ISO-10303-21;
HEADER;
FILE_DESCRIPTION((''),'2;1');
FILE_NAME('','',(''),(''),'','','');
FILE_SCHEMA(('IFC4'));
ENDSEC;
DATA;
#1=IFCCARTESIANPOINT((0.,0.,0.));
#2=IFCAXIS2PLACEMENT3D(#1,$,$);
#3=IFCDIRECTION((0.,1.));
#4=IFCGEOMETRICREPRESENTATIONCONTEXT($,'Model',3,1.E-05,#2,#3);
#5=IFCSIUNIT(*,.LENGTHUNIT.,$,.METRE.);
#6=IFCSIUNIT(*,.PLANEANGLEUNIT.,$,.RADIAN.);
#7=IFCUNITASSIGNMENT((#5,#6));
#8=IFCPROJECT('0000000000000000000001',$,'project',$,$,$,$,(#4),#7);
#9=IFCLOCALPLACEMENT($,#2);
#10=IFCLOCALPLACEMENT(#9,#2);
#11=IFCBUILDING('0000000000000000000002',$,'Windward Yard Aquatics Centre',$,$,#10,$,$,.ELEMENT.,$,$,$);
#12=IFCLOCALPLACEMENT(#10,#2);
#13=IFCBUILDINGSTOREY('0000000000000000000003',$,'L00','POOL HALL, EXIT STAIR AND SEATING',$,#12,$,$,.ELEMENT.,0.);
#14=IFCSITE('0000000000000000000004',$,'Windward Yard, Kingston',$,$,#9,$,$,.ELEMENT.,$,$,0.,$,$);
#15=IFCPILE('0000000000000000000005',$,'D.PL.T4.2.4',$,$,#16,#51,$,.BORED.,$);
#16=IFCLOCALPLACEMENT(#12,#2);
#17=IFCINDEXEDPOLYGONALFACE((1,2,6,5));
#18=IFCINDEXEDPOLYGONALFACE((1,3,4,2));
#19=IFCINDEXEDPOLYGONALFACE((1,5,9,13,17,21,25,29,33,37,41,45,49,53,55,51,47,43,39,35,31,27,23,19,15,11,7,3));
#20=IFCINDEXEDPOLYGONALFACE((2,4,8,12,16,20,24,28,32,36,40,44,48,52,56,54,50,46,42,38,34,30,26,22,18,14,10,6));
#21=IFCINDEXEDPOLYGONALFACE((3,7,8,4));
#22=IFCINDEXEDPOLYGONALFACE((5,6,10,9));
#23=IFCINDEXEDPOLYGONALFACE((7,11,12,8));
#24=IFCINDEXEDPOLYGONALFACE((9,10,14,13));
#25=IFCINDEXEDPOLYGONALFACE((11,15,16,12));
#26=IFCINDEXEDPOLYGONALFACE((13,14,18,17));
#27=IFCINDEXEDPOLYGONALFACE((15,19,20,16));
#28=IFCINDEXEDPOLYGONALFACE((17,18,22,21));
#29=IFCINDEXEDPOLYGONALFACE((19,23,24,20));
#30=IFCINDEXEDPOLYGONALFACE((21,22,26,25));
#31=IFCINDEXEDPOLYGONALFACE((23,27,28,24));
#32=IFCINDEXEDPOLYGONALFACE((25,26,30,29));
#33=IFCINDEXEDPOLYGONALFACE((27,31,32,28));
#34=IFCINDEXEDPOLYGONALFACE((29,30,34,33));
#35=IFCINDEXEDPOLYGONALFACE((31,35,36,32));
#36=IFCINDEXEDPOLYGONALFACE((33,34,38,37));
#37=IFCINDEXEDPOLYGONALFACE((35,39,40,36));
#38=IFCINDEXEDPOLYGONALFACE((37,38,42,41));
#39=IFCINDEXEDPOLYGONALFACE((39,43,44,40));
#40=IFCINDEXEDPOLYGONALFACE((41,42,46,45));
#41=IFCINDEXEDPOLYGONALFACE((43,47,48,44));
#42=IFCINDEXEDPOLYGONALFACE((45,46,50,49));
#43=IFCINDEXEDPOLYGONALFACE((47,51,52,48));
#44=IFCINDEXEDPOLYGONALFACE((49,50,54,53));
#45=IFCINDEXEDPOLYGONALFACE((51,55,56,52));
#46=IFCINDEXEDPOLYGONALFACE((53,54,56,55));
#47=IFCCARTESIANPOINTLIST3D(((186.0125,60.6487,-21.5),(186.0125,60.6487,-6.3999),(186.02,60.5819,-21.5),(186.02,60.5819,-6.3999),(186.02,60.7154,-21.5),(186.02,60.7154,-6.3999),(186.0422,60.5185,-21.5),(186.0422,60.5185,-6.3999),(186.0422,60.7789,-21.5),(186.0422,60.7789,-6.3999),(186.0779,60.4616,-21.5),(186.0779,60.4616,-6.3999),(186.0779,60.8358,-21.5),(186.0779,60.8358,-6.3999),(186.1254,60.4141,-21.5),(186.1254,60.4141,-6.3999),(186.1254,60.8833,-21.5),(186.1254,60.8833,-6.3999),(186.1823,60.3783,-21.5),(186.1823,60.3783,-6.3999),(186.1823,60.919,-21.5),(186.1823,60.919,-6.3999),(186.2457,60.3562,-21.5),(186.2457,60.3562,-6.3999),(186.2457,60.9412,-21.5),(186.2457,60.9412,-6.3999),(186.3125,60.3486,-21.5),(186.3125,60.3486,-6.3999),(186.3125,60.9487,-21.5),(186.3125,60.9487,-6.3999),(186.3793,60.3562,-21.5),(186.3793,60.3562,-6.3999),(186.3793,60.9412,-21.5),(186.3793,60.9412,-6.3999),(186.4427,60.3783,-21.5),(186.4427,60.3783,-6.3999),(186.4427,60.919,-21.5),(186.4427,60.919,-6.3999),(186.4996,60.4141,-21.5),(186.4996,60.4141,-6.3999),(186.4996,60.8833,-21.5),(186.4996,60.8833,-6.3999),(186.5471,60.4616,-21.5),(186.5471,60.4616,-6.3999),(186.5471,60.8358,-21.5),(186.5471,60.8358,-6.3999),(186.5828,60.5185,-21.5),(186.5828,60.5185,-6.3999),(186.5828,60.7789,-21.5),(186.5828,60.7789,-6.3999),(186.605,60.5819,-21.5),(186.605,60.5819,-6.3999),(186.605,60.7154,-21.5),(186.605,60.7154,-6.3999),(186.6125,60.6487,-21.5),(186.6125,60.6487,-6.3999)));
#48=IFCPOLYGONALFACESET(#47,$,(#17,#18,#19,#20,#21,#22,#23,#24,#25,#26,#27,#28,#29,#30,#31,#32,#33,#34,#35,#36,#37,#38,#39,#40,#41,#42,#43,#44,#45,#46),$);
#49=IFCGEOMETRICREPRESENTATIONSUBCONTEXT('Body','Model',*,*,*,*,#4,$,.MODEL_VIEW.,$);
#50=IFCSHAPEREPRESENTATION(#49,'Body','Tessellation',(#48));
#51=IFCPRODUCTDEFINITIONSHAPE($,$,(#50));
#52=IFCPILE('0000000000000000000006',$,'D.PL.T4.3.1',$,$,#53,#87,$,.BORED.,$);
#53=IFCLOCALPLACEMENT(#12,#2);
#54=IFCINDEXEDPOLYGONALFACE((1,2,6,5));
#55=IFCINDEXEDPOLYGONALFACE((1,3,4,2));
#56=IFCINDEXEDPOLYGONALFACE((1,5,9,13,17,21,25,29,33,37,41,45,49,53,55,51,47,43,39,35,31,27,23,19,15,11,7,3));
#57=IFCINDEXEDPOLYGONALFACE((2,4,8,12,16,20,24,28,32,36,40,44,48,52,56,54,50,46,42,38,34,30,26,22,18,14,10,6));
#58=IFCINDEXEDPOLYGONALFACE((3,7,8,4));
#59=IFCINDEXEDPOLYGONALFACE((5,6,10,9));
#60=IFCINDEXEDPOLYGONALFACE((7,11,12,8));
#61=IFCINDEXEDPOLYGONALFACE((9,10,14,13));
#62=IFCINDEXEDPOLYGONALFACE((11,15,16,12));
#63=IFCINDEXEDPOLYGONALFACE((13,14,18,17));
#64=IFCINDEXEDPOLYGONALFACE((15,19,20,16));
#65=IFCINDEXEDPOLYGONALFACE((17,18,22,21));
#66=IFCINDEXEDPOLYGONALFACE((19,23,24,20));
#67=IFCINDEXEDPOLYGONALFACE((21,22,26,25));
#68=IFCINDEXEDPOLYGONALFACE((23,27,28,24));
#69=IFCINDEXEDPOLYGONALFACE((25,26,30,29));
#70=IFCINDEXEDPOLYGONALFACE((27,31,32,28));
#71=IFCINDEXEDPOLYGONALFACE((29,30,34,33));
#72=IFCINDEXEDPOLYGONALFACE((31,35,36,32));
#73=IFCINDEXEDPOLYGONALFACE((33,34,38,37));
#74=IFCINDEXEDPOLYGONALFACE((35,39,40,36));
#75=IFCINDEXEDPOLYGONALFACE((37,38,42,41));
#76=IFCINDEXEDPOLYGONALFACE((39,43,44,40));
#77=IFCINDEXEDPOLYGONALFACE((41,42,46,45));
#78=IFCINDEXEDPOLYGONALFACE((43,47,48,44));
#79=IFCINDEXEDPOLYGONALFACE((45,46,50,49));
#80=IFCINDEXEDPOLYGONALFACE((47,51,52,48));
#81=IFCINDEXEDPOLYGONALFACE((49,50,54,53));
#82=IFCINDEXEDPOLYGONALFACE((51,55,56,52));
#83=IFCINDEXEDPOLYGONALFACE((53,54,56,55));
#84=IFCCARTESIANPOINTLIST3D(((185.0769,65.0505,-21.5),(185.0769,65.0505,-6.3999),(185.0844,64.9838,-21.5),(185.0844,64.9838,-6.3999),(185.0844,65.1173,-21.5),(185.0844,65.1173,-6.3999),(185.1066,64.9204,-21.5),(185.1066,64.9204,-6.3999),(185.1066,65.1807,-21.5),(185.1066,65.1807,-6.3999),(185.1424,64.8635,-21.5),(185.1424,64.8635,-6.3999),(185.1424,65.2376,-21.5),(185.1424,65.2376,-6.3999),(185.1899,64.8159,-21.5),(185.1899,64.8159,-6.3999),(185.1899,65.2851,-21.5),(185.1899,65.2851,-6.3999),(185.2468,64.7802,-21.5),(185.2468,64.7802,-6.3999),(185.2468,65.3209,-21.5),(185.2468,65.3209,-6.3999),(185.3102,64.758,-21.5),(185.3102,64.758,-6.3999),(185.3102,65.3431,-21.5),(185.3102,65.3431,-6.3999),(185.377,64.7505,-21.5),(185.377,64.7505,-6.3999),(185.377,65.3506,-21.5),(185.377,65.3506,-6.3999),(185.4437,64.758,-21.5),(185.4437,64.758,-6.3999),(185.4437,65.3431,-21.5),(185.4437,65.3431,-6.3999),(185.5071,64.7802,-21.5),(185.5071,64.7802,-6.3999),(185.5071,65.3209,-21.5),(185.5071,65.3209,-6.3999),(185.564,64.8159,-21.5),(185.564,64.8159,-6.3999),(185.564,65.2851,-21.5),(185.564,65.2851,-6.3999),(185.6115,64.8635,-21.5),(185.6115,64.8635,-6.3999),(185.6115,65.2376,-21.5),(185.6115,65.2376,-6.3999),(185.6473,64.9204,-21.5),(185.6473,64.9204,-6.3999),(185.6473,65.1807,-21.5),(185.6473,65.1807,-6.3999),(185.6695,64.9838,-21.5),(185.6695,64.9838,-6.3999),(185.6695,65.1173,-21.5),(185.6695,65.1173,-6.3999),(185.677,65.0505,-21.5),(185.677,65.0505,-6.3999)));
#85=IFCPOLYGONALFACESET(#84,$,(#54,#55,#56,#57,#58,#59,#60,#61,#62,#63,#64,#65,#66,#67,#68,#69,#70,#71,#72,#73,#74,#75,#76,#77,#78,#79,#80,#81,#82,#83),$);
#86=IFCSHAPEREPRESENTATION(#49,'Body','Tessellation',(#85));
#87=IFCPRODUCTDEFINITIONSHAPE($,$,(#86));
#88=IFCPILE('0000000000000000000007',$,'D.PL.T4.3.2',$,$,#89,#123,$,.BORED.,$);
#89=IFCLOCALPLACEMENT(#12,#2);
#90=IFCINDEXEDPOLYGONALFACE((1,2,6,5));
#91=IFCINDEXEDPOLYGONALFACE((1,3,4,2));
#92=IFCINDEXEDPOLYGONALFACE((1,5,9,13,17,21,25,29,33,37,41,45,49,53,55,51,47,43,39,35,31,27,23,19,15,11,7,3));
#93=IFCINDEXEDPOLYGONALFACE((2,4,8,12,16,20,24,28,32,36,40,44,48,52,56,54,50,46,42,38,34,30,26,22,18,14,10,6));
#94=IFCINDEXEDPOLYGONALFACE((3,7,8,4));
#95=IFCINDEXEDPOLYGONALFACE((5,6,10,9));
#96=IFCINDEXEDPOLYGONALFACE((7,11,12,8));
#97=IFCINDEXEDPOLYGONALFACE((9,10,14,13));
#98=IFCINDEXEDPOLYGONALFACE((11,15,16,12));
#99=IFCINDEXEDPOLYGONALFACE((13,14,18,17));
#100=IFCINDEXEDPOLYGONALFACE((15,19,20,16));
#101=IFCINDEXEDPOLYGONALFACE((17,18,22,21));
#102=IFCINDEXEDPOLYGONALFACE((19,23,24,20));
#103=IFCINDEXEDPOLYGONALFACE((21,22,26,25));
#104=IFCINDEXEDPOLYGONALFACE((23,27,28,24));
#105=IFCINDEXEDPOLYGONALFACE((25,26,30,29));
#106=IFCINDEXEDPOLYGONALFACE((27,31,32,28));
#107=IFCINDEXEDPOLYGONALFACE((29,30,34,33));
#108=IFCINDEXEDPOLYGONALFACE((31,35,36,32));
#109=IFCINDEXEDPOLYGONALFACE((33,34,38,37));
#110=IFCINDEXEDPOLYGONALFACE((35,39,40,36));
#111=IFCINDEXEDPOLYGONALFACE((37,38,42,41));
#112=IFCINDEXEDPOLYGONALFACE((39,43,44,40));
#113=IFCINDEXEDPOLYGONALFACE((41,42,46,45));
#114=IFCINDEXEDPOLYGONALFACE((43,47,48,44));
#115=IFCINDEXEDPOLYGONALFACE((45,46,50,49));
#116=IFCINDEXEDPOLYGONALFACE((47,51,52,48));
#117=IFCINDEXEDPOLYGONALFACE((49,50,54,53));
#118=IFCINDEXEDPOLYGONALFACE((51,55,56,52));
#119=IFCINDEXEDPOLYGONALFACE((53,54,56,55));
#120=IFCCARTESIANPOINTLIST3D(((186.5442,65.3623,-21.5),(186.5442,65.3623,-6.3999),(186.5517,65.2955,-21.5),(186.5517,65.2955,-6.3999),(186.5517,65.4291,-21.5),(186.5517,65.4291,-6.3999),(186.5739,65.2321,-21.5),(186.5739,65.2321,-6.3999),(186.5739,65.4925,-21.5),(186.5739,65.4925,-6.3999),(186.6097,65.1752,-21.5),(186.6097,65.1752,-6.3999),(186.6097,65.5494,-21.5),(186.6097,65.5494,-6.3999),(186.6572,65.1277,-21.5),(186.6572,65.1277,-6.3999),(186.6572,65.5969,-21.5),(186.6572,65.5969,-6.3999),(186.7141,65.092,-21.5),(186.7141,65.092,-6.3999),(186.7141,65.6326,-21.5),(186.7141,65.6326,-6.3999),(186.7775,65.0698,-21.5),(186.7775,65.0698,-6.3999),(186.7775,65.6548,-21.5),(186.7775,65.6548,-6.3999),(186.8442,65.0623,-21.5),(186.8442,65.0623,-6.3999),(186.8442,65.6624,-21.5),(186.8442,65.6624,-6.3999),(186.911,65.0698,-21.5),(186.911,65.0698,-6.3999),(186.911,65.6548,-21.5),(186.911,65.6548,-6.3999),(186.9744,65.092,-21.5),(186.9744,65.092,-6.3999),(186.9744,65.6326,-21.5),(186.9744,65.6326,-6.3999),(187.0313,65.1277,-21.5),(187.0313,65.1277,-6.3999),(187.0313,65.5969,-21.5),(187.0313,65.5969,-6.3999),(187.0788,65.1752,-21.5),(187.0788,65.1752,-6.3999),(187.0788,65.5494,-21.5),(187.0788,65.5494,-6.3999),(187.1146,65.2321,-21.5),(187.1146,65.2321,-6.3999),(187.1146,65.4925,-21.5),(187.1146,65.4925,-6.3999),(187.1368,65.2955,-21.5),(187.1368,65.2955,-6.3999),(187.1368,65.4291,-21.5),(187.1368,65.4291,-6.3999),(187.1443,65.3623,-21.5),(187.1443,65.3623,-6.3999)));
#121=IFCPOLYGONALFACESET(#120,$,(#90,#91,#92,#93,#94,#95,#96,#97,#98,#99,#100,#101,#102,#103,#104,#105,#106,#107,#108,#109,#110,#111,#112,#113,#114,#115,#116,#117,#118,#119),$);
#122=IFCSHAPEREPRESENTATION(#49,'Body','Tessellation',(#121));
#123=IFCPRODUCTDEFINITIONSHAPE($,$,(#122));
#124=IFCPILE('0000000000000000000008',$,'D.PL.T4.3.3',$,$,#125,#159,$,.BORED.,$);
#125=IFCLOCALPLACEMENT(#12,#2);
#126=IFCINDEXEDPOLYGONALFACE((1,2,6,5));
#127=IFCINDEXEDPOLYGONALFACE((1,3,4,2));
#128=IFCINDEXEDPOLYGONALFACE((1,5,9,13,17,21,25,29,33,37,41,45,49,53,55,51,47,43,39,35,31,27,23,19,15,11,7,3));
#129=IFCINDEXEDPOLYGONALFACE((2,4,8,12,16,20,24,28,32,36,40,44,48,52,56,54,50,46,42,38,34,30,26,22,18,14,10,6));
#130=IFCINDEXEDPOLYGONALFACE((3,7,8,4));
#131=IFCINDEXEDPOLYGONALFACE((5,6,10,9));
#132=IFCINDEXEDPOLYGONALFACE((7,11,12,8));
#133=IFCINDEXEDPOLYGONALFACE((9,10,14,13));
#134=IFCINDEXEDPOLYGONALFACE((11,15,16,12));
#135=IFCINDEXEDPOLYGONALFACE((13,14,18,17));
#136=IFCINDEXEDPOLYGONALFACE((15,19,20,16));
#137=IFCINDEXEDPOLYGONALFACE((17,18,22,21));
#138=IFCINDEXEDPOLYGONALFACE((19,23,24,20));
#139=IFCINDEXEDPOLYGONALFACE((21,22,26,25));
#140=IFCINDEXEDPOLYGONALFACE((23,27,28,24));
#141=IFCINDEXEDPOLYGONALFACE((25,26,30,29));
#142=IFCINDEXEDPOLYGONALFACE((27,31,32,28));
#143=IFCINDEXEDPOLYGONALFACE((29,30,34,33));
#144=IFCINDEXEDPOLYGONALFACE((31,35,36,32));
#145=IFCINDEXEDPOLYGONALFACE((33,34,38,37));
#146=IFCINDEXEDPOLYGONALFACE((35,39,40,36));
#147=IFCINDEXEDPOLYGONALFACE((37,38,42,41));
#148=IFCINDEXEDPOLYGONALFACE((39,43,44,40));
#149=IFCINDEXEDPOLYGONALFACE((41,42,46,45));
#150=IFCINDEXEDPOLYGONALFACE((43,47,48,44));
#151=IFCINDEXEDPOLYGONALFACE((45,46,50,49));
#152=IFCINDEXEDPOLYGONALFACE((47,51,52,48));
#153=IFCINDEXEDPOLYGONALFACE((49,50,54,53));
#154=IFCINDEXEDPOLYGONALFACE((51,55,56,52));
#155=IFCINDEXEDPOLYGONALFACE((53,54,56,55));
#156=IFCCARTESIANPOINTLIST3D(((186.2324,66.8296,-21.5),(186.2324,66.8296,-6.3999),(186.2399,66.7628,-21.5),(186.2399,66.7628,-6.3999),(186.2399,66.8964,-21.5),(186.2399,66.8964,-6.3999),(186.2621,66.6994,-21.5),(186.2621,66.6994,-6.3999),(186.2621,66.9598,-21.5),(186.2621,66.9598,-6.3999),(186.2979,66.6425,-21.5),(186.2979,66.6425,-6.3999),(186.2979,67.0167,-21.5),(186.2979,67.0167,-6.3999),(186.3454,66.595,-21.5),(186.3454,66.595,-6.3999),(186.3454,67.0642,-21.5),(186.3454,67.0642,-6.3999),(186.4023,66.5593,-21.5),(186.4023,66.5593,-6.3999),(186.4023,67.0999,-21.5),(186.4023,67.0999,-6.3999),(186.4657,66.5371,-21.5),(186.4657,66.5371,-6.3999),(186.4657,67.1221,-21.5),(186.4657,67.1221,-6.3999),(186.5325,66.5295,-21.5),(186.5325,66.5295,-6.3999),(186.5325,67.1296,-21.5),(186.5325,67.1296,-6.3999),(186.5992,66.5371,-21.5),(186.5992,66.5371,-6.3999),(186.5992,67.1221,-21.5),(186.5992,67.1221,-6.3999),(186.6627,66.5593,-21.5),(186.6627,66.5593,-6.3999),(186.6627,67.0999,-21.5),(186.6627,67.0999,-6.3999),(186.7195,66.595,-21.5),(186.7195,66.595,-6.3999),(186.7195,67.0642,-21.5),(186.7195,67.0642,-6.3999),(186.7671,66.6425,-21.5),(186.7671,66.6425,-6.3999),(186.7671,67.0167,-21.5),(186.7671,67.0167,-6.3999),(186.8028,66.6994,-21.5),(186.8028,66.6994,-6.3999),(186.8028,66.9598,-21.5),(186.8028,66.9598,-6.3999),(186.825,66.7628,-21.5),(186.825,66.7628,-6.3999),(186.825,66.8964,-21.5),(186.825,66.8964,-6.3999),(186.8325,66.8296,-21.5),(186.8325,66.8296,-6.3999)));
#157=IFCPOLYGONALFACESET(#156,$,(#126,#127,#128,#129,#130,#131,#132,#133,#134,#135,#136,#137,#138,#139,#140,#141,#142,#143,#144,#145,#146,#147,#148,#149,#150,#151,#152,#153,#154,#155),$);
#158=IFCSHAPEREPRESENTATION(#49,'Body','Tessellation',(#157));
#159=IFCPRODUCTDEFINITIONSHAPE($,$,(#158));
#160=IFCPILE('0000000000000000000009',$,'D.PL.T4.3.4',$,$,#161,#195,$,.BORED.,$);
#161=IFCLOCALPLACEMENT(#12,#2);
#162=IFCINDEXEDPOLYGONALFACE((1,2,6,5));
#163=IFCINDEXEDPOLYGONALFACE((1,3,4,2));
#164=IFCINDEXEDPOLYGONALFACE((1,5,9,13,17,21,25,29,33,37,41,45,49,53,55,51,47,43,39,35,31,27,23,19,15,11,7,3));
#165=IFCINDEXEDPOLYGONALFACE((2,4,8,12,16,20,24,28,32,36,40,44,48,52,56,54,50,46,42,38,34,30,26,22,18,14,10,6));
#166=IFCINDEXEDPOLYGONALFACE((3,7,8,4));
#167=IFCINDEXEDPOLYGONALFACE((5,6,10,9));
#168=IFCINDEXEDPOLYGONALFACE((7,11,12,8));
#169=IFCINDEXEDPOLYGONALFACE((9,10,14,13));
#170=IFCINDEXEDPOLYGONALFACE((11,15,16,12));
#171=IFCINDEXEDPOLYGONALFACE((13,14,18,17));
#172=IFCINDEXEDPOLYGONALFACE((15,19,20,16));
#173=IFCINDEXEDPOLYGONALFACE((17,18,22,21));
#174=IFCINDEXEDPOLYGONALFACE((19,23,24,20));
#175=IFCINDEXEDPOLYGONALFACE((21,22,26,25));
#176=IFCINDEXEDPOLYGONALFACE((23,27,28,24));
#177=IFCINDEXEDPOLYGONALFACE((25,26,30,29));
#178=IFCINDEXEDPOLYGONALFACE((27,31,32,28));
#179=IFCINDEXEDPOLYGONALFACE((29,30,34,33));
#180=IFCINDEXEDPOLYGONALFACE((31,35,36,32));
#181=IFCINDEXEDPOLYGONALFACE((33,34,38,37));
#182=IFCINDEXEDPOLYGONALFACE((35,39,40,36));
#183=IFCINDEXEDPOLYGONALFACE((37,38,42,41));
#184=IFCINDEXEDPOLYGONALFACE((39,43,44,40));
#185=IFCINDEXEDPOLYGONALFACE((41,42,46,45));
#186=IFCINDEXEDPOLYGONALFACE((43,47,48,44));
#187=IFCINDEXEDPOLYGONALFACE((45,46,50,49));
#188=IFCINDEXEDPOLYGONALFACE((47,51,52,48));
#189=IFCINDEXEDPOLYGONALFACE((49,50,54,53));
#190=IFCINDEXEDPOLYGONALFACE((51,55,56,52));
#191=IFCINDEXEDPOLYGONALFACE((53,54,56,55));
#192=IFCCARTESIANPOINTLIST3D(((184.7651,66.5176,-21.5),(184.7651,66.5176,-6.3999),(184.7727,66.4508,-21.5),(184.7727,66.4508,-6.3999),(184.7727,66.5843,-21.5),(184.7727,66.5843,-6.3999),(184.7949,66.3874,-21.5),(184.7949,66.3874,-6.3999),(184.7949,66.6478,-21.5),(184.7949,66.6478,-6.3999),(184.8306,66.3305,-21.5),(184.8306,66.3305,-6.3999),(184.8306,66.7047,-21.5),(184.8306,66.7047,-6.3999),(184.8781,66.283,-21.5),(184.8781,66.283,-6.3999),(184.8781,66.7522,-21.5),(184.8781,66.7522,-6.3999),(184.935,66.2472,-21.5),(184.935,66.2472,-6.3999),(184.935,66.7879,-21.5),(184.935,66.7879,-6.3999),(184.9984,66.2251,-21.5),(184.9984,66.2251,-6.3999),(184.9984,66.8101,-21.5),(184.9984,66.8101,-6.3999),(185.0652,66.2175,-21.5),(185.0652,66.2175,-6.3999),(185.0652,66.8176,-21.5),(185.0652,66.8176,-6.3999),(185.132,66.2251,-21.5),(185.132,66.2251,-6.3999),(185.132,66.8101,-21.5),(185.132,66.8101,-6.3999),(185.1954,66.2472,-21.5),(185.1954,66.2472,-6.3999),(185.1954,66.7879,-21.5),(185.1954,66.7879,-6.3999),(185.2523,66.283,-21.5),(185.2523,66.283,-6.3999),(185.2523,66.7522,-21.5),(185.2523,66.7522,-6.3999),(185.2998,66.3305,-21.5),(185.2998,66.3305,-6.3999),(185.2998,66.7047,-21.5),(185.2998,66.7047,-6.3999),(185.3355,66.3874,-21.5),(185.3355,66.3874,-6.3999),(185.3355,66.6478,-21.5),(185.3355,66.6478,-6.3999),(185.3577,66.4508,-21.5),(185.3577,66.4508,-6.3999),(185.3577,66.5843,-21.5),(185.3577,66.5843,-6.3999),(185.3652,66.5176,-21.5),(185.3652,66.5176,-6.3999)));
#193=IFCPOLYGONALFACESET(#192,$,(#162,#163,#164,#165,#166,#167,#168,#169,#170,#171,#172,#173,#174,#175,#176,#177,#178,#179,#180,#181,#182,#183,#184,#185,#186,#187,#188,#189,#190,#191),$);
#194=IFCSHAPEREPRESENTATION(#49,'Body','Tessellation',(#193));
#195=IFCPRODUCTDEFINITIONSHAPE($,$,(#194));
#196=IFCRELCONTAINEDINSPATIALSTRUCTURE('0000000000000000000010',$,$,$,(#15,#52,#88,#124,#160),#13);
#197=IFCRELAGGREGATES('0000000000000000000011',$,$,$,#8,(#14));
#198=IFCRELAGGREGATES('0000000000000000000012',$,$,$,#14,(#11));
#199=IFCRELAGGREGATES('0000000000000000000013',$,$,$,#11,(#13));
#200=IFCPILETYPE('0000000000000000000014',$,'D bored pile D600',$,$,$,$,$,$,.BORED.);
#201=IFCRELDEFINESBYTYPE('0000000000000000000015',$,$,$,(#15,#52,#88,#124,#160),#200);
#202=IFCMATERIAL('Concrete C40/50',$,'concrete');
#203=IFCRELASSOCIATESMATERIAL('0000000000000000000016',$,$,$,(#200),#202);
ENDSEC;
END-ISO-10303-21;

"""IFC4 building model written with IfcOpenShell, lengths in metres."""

from ifc_helpers import new_model, si_unit, direction, frame, origin, origin_2d, place, context, subcontext, project, spatial, circle, extrude, material, material_profile, profile_set, type_object, element, save


model = new_model("IFC4")

# Units and contexts
model_context = context("Model", 3, precision=1e-05, world=origin(), true_north=direction((0.0, 1.0)))
body_context = subcontext(model_context, "Body", "Model", "MODEL_VIEW")
ifc_project = project(units=[si_unit("LENGTHUNIT", "METRE"), si_unit("PLANEANGLEUNIT", "RADIAN")], contexts=[model_context])

# Site, building, storey
site_placement = place(None, origin())
site = spatial("IfcSite", under=ifc_project, at=site_placement, Name="Windward Yard, Kingston", CompositionType="ELEMENT", RefElevation=0.0)
building_placement = place(site_placement, origin())
building = spatial("IfcBuilding", under=site, at=building_placement, Name="Windward Yard Aquatics Centre", CompositionType="ELEMENT")
storey_placement = place(building_placement, origin())
storey = spatial("IfcBuildingStorey", under=building, at=storey_placement, Name="L00", Description="POOL HALL, EXIT STAIR AND SEATING", CompositionType="ELEMENT", Elevation=0.0)

# Piles
ifc_material_1 = material(Name="Concrete C40/50", Category="concrete")
ifc_material_profile_1 = material_profile(ifc_material_1, circle(Radius=0.3, at=origin_2d()), Name="RC D600")
ifc_profile_set_1 = profile_set([ifc_material_profile_1], Name="Concrete C40/50")
pile_type = type_object("IfcPileType", Name="D bored pile D600", PredefinedType="BORED", material=ifc_profile_set_1)
for number, where, z_axis, x_axis, name in (
    (1, (186.3125, 60.6487, -6.3999), (0.0, 0.0, -1.0), (1.0, 0.0, 0.0), "D.PL.T4.2.4"),
    (2, (185.377, 65.0505, -6.3999), (0.0, 0.0, -1.0), (1.0, 0.0, 0.0), "D.PL.T4.3.1"),
    (3, (186.8442, 65.3623, -6.3999), (0.0, 0.0, -1.0), (1.0, 0.0, 0.0), "D.PL.T4.3.2"),
    (4, (186.5325, 66.8296, -6.3999), (0.0, 0.0, -1.0), (1.0, 0.0, 0.0), "D.PL.T4.3.3"),
    (5, (185.0652, 66.5176, -6.3999), (0.0, 0.0, -1.0), (1.0, 0.0, 0.0), "D.PL.T4.3.4"),
):
    element("IfcPile", number, at=place(storey_placement, frame(where, z_axis=z_axis, x_axis=x_axis)), inside=storey, type_object=pile_type, Name=name, PredefinedType="BORED", context=body_context, shape_type="SweptSolid", body=[
        extrude(circle(Radius=0.3, at=origin_2d()), origin(), (0.0, 0.0, 1.0), 15.1001),
    ])

save(model, "model.ifc")
